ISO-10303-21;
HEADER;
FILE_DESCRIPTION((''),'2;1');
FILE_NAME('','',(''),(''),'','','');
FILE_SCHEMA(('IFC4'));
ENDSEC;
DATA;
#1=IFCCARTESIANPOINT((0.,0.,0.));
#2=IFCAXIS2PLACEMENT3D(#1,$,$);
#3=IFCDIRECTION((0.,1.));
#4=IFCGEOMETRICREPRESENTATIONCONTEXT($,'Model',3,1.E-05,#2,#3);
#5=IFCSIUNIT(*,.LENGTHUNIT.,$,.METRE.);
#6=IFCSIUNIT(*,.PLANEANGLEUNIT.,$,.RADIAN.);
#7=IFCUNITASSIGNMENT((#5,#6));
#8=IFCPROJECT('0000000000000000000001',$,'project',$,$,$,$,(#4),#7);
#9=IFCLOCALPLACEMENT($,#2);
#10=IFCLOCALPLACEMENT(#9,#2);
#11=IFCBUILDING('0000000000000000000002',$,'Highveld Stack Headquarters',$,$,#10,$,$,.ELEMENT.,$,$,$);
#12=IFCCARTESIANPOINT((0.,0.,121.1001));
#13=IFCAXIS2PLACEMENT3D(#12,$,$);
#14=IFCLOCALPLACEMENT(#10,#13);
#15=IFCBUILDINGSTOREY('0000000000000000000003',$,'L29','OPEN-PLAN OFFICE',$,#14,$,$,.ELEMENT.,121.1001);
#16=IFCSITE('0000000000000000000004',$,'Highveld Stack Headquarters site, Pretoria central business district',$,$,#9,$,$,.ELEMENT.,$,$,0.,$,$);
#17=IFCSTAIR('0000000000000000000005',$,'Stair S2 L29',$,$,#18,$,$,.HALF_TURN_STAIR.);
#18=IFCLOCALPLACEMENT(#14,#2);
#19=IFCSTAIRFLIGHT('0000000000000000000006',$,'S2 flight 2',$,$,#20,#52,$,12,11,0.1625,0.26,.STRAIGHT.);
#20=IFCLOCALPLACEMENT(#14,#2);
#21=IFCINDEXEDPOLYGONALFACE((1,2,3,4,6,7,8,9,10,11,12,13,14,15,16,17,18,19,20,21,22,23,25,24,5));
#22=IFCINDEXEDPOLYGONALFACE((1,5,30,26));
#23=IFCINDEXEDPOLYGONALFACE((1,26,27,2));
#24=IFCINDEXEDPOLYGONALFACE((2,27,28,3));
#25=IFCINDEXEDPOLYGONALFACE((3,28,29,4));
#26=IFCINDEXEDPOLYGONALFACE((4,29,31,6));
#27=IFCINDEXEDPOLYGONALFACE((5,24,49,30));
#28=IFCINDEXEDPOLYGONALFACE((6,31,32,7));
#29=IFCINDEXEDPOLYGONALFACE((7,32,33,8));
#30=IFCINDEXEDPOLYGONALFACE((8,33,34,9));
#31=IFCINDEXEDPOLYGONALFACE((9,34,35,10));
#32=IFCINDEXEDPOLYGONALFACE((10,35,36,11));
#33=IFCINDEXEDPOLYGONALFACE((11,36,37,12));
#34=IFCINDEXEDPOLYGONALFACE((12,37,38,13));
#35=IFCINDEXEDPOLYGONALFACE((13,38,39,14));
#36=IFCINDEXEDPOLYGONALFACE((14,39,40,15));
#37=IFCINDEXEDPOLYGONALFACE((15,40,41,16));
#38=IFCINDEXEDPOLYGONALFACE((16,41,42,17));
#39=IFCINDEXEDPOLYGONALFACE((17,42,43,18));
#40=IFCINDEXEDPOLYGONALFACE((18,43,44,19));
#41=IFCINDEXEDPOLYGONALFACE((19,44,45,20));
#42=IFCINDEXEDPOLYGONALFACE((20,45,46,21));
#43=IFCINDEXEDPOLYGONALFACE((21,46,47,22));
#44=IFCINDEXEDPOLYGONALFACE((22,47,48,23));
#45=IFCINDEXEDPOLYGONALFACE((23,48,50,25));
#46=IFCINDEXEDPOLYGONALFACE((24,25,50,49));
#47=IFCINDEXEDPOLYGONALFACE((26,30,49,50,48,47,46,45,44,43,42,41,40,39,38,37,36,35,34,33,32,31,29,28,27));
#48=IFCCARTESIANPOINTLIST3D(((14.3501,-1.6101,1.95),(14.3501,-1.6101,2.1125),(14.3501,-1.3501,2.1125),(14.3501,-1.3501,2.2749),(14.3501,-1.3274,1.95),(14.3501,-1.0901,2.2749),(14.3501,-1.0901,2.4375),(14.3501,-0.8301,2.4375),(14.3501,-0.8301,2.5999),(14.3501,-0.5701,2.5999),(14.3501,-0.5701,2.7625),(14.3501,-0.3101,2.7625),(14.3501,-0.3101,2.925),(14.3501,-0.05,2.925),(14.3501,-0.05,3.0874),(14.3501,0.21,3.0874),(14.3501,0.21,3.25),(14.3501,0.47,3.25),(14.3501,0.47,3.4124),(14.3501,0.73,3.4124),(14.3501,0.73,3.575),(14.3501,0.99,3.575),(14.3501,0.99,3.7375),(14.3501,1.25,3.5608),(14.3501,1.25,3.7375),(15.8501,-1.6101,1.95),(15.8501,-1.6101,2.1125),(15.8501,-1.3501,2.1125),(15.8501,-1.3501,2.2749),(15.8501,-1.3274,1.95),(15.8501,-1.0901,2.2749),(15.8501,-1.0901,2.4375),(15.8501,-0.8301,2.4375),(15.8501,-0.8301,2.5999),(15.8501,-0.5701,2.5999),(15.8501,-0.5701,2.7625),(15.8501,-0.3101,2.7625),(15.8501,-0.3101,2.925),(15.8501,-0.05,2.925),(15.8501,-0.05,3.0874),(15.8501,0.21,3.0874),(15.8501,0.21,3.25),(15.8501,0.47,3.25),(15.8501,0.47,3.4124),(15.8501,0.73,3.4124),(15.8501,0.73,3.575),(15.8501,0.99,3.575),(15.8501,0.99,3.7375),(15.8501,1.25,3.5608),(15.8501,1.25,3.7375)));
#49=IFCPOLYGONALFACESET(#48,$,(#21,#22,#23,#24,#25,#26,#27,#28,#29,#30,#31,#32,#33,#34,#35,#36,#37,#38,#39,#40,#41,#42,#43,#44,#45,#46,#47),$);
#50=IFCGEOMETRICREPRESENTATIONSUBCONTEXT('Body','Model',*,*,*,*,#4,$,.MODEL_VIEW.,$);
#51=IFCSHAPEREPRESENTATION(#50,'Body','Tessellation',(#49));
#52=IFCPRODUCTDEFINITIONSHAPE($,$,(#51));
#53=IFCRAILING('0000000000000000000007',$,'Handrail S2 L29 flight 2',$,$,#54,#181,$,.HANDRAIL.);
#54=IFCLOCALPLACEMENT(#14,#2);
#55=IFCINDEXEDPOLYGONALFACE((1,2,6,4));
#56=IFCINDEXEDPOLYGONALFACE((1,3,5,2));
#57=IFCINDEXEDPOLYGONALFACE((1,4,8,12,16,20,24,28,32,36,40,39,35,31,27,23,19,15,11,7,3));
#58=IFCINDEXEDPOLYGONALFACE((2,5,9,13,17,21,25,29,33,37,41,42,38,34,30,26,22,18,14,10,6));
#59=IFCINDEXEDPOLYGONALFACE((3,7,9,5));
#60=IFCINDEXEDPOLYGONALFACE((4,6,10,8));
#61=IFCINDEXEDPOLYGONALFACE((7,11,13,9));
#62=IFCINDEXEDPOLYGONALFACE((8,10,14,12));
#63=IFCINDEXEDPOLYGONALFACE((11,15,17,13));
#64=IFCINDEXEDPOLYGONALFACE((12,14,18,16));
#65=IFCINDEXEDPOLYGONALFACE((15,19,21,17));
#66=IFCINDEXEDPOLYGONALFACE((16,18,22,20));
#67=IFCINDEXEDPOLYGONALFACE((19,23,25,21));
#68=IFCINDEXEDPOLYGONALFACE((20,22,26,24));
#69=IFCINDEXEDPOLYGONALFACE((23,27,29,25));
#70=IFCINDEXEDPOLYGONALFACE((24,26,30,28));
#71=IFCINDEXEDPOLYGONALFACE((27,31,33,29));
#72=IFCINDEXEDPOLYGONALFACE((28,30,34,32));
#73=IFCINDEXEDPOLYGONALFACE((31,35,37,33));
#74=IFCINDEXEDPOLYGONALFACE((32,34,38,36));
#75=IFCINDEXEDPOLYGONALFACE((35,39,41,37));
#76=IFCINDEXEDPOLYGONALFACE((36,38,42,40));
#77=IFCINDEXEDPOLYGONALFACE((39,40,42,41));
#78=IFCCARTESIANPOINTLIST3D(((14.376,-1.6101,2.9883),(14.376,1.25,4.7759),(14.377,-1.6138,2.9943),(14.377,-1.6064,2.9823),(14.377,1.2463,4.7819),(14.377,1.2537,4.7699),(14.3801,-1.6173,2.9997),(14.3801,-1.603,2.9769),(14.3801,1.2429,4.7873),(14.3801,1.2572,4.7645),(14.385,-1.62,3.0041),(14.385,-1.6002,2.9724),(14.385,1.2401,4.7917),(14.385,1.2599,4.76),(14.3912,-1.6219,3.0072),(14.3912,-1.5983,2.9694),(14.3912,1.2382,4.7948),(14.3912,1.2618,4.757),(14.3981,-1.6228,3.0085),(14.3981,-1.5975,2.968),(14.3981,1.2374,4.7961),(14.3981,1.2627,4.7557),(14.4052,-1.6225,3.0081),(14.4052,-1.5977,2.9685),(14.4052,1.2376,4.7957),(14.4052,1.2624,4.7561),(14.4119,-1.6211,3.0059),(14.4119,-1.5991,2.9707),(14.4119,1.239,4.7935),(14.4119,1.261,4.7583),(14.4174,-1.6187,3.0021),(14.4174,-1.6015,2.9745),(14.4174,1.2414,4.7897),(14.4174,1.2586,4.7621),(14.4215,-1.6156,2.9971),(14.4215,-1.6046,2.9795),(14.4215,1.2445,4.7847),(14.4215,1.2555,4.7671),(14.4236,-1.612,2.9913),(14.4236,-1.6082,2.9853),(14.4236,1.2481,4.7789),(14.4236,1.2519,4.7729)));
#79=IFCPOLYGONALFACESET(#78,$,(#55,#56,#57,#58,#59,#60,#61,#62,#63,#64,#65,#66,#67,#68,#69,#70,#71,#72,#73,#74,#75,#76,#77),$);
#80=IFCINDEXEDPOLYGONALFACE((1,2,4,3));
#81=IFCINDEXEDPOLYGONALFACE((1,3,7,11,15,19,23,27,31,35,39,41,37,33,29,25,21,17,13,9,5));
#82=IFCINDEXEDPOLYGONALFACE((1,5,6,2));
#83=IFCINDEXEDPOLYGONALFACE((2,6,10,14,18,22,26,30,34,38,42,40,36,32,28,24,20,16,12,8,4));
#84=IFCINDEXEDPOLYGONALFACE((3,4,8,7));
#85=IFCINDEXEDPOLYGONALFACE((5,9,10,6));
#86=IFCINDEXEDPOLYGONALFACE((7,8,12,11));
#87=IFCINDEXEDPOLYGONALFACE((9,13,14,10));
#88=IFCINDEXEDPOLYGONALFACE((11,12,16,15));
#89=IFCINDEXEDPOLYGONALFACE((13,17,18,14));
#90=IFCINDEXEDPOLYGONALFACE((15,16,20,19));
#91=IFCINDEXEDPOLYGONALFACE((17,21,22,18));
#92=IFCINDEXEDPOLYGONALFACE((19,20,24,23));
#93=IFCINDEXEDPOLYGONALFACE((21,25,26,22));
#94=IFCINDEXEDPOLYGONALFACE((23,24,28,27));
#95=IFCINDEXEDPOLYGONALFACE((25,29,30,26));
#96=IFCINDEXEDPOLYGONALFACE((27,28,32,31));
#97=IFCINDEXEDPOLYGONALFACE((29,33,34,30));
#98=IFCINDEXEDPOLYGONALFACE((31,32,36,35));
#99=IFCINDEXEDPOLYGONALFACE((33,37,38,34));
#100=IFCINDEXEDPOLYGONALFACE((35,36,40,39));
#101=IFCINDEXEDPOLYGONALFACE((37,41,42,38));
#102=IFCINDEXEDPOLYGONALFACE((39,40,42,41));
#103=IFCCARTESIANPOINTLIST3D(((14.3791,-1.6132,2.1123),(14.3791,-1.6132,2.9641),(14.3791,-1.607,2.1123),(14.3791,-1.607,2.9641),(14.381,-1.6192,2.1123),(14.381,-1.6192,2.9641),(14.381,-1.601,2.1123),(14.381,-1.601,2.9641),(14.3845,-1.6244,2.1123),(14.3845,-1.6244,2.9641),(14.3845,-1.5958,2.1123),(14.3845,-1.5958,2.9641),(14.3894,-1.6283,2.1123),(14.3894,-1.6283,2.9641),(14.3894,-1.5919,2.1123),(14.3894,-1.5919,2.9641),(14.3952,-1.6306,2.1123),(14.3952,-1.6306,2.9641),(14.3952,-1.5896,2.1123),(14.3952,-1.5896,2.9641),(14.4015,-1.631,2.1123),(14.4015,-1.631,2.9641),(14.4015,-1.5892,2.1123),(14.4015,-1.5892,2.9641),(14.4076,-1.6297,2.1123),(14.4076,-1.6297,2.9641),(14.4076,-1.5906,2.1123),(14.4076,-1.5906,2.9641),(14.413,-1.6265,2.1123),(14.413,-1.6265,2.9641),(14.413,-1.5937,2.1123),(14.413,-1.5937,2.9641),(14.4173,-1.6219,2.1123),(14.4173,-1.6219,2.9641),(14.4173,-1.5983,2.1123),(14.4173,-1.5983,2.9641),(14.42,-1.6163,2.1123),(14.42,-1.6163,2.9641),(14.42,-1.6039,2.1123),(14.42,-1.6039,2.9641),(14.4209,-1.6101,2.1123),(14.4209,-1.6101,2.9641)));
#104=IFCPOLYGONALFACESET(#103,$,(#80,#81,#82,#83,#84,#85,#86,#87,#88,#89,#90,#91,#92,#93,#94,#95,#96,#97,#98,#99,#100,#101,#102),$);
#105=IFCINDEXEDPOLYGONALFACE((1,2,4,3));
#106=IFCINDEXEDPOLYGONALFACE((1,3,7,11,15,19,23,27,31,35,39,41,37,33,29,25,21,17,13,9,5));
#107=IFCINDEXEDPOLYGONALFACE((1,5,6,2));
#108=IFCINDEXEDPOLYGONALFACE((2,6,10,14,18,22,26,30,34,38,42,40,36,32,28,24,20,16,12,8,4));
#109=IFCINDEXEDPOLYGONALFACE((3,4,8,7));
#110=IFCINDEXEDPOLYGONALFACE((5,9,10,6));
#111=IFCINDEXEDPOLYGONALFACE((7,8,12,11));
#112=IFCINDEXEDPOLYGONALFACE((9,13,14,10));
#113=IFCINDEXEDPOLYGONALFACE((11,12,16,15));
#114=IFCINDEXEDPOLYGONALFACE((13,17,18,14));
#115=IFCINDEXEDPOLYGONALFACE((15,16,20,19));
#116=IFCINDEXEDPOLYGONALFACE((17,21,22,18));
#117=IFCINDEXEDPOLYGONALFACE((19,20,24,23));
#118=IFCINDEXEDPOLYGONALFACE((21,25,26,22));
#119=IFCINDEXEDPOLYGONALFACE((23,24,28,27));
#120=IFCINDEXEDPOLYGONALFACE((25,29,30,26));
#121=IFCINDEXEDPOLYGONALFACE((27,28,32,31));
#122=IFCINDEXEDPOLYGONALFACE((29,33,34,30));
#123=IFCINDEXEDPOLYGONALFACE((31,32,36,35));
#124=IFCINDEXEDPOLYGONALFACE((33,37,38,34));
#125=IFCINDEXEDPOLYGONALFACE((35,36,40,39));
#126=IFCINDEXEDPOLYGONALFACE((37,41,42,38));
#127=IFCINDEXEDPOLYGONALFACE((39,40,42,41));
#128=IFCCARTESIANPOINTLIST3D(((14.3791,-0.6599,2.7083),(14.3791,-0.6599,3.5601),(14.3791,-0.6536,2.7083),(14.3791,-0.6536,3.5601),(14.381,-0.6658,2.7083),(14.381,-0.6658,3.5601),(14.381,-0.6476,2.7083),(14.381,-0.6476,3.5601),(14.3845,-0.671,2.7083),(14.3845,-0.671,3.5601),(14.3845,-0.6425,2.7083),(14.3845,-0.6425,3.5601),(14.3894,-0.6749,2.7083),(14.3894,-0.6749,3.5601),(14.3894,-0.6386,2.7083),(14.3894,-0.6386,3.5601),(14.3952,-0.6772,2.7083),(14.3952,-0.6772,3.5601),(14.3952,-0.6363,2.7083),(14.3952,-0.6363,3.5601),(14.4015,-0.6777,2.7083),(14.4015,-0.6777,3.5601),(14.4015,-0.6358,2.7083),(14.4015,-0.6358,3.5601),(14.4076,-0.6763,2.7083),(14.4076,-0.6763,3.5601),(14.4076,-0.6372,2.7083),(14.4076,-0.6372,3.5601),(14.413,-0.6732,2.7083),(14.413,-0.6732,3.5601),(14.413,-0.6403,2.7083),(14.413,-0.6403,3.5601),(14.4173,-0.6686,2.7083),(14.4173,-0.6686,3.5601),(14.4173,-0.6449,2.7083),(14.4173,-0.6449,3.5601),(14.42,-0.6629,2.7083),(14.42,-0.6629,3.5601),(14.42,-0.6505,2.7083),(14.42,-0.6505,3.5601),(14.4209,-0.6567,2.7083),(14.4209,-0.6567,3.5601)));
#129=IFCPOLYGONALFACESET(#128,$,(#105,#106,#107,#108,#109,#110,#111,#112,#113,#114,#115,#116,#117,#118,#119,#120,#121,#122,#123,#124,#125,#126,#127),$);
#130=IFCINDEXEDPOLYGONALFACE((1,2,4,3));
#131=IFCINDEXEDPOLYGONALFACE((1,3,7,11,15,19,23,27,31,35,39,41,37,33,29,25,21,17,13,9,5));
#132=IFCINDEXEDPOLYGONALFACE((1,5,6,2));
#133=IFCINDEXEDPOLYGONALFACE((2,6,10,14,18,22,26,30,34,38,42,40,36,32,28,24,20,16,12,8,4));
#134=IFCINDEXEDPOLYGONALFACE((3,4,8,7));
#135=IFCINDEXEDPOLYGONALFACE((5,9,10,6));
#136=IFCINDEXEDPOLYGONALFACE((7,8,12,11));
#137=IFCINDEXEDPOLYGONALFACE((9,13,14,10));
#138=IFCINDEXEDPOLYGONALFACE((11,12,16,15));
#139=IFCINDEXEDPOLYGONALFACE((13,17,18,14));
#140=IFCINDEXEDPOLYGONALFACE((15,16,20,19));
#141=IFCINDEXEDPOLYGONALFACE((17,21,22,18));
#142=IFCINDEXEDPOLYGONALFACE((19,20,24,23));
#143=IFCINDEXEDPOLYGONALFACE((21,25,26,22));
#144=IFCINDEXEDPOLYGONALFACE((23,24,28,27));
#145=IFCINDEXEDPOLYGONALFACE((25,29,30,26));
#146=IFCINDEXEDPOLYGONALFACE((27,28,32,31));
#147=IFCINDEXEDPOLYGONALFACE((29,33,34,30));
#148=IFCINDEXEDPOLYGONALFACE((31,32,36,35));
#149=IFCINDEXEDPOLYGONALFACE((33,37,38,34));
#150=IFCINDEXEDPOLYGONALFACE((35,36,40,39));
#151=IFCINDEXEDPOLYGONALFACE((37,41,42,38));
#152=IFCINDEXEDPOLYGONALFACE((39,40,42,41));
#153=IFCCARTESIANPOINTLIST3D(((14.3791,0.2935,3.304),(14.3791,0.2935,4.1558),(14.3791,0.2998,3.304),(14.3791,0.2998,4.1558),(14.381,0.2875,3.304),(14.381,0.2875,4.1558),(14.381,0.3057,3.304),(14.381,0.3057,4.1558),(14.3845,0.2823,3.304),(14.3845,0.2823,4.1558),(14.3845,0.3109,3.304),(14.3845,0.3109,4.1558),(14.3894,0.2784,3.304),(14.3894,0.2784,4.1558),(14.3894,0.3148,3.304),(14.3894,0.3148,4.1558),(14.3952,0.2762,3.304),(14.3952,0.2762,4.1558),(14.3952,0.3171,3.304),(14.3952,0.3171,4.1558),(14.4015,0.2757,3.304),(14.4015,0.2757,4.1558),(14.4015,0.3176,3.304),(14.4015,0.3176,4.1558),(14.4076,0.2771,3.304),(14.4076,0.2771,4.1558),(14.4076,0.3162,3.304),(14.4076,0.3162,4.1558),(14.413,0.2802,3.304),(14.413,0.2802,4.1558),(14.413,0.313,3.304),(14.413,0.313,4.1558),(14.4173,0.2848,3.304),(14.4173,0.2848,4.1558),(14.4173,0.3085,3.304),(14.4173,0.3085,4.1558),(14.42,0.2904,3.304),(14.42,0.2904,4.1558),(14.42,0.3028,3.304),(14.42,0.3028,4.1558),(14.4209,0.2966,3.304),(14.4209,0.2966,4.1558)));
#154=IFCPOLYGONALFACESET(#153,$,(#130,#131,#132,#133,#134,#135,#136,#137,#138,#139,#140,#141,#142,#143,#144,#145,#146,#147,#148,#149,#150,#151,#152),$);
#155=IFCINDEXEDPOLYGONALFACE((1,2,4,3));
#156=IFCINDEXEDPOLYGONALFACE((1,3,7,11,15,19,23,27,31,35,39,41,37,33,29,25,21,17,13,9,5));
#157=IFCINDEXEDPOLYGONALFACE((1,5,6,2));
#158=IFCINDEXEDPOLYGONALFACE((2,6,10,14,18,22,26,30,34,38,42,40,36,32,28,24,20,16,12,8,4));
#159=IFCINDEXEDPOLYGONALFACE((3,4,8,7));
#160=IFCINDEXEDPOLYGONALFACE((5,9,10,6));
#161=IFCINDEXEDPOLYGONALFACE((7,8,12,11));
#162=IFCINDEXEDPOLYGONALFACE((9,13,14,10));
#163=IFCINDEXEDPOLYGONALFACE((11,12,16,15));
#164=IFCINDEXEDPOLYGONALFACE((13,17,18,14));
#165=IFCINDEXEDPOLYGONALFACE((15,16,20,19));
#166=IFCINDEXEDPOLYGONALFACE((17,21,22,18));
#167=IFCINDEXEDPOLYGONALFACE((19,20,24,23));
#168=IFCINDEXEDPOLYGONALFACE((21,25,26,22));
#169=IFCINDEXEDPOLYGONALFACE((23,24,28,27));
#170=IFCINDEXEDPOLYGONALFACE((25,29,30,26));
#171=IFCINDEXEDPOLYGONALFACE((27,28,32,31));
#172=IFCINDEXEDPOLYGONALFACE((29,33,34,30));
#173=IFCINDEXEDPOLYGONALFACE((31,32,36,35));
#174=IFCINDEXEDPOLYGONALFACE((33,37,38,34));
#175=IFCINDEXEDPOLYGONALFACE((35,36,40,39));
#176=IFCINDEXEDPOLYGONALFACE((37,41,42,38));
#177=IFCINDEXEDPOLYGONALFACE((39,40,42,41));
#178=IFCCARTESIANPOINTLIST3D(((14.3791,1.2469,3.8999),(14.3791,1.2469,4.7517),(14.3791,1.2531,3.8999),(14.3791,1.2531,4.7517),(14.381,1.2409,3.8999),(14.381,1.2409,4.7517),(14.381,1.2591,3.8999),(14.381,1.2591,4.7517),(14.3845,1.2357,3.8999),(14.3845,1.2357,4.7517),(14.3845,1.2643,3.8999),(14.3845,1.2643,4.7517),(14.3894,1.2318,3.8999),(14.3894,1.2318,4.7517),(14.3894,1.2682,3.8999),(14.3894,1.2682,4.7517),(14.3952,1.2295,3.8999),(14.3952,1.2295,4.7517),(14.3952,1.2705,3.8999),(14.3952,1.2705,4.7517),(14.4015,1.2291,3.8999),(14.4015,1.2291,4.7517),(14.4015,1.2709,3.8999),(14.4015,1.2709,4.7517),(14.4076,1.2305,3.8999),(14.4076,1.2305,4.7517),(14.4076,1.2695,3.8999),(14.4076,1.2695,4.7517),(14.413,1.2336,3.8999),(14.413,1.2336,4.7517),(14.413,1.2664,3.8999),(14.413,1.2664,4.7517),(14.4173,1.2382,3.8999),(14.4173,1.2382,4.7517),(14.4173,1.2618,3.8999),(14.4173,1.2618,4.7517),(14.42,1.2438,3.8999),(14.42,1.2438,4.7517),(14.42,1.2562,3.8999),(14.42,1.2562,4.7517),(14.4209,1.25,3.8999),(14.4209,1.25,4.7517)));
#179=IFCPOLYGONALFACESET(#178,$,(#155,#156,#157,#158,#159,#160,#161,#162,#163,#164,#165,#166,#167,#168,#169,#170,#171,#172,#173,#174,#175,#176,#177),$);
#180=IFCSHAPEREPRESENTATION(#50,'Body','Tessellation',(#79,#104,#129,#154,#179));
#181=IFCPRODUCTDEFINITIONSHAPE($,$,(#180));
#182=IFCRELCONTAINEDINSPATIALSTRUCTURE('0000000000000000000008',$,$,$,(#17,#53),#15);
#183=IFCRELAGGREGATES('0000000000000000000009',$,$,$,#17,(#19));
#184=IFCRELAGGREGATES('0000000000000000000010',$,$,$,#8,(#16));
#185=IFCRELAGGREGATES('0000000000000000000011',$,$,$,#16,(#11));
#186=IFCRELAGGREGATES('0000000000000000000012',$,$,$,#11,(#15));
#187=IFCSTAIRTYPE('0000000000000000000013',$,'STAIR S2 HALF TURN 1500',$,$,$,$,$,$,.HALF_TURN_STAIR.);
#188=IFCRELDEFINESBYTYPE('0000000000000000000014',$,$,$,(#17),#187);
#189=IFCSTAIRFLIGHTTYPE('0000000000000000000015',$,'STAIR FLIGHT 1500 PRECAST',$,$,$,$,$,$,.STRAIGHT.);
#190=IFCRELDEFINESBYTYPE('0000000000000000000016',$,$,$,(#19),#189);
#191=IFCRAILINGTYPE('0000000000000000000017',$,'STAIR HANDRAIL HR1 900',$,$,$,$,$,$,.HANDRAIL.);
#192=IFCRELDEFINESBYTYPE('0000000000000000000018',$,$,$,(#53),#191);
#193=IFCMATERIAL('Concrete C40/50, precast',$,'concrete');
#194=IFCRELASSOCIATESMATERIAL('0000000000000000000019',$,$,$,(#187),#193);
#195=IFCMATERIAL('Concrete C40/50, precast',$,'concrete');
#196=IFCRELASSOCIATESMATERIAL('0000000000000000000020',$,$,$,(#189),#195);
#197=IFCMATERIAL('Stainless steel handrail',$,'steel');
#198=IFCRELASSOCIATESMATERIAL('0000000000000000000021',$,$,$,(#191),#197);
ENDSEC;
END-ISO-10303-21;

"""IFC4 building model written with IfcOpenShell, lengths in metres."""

from ifc_helpers import new_model, si_unit, direction, frame, origin, origin_2d, place, context, subcontext, project, spatial, polyline, circle, outline, extrude, material, type_object, element, aggregate, save


model = new_model("IFC4")

# Units and contexts
model_context = context("Model", 3, precision=1e-05, world=origin(), true_north=direction((0.0, 1.0)))
body_context = subcontext(model_context, "Body", "Model", "MODEL_VIEW")
ifc_project = project(units=[si_unit("LENGTHUNIT", "METRE"), si_unit("PLANEANGLEUNIT", "RADIAN")], contexts=[model_context])

# Site, building, storey
site_placement = place(None, origin())
site = spatial("IfcSite", under=ifc_project, at=site_placement, Name="Highveld Stack Headquarters site, Pretoria central business district", CompositionType="ELEMENT", RefElevation=0.0)
building_placement = place(site_placement, origin())
building = spatial("IfcBuilding", under=site, at=building_placement, Name="Highveld Stack Headquarters", CompositionType="ELEMENT")
storey_placement = place(building_placement, frame((0.0, 0.0, 121.1001)))
storey = spatial("IfcBuildingStorey", under=building, at=storey_placement, Name="L29", Description="OPEN-PLAN OFFICE", CompositionType="ELEMENT", Elevation=121.1001)

# Stair, stair flight
ifc_material_1 = material(Name="Concrete C40/50, precast", Category="concrete")
stair_type_1 = type_object("IfcStairType", Name="STAIR S2 HALF TURN 1500", PredefinedType="HALF_TURN_STAIR", material=ifc_material_1)
stair_1_placement = place(storey_placement, origin())
stair_1 = element("IfcStair", 1, at=stair_1_placement, inside=storey, type_object=stair_type_1, Name="Stair S2 L29", PredefinedType="HALF_TURN_STAIR")
ifc_material_2 = material(Name="Concrete C40/50, precast", Category="concrete")
stair_flight_type = type_object("IfcStairFlightType", Name="STAIR FLIGHT 1500 PRECAST", PredefinedType="STRAIGHT", material=ifc_material_2)
stair_flight_placement = place(storey_placement, frame((15.1001, -1.6101, 1.95), z_axis=(0.0, 0.0, 1.0), x_axis=(0.0, 1.0, 0.0)))
stair_flight = element("IfcStairFlight", 2, at=stair_flight_placement, type_object=stair_flight_type, Name="S2 flight 2", NumberOfRisers=12, NumberOfTreads=11, PredefinedType="STRAIGHT", RiserHeight=0.1625, TreadLength=0.26, context=body_context, shape_type="SweptSolid", body=[
    extrude(outline(polyline([(0.0, 0.0), (0.0, 0.1626), (0.26, 0.1626), (0.26, 0.325), (0.52, 0.325), (0.52, 0.4875), (0.78, 0.4875), (0.78, 0.6499), (1.04, 0.6499), (1.04, 0.8125), (1.3, 0.8125), (1.3, 0.9751), (1.5601, 0.9751), (1.5601, 1.1375), (1.8201, 1.1375), (1.8201, 1.3), (2.0801, 1.3), (2.0801, 1.4624), (2.3401, 1.4624), (2.3401, 1.625), (2.6001, 1.625), (2.6001, 1.7876), (2.8601, 1.7876), (2.8601, 1.95), (2.8601, 1.6108), (0.2827, 0.0), (0.0, 0.0)])), frame((0.0, 0.75, 0.0), z_axis=(0.0, -1.0, 0.0), x_axis=(1.0, 0.0, 0.0)), (0.0, 0.0, 1.0), 1.5),
])
aggregate(stair_1, [stair_flight])

# Railing
ifc_material_3 = material(Name="Stainless steel handrail", Category="steel")
railing_type = type_object("IfcRailingType", Name="STAIR HANDRAIL HR1 900", PredefinedType="HANDRAIL", material=ifc_material_3)
railing_placement = place(storey_placement, frame((14.3999, -1.6101, 2.1123)))
element("IfcRailing", 3, at=railing_placement, inside=storey, type_object=railing_type, Name="Handrail S2 L29 flight 2", PredefinedType="HANDRAIL", context=body_context, shape_type="SweptSolid", body=[
    extrude(circle(Radius=0.0239, at=origin_2d()), frame((0.0, 0.0, 0.876), z_axis=(0.0, 0.847994, 0.530005), x_axis=(-1.0, 0.0, 0.0)), (0.0, 0.0, 1.0), 3.3728),
    extrude(circle(Radius=0.021, at=origin_2d()), origin(), (0.0, 0.0, 1.0), 0.8518),
    extrude(circle(Radius=0.021, at=origin_2d()), frame((0.0, 0.9534, 0.5959)), (0.0, 0.0, 1.0), 0.8518),
    extrude(circle(Radius=0.021, at=origin_2d()), frame((0.0, 1.9067, 1.1917)), (0.0, 0.0, 1.0), 0.8518),
    extrude(circle(Radius=0.021, at=origin_2d()), frame((0.0, 2.8601, 1.7876)), (0.0, 0.0, 1.0), 0.8518),
])

save(model, "model.ifc")
